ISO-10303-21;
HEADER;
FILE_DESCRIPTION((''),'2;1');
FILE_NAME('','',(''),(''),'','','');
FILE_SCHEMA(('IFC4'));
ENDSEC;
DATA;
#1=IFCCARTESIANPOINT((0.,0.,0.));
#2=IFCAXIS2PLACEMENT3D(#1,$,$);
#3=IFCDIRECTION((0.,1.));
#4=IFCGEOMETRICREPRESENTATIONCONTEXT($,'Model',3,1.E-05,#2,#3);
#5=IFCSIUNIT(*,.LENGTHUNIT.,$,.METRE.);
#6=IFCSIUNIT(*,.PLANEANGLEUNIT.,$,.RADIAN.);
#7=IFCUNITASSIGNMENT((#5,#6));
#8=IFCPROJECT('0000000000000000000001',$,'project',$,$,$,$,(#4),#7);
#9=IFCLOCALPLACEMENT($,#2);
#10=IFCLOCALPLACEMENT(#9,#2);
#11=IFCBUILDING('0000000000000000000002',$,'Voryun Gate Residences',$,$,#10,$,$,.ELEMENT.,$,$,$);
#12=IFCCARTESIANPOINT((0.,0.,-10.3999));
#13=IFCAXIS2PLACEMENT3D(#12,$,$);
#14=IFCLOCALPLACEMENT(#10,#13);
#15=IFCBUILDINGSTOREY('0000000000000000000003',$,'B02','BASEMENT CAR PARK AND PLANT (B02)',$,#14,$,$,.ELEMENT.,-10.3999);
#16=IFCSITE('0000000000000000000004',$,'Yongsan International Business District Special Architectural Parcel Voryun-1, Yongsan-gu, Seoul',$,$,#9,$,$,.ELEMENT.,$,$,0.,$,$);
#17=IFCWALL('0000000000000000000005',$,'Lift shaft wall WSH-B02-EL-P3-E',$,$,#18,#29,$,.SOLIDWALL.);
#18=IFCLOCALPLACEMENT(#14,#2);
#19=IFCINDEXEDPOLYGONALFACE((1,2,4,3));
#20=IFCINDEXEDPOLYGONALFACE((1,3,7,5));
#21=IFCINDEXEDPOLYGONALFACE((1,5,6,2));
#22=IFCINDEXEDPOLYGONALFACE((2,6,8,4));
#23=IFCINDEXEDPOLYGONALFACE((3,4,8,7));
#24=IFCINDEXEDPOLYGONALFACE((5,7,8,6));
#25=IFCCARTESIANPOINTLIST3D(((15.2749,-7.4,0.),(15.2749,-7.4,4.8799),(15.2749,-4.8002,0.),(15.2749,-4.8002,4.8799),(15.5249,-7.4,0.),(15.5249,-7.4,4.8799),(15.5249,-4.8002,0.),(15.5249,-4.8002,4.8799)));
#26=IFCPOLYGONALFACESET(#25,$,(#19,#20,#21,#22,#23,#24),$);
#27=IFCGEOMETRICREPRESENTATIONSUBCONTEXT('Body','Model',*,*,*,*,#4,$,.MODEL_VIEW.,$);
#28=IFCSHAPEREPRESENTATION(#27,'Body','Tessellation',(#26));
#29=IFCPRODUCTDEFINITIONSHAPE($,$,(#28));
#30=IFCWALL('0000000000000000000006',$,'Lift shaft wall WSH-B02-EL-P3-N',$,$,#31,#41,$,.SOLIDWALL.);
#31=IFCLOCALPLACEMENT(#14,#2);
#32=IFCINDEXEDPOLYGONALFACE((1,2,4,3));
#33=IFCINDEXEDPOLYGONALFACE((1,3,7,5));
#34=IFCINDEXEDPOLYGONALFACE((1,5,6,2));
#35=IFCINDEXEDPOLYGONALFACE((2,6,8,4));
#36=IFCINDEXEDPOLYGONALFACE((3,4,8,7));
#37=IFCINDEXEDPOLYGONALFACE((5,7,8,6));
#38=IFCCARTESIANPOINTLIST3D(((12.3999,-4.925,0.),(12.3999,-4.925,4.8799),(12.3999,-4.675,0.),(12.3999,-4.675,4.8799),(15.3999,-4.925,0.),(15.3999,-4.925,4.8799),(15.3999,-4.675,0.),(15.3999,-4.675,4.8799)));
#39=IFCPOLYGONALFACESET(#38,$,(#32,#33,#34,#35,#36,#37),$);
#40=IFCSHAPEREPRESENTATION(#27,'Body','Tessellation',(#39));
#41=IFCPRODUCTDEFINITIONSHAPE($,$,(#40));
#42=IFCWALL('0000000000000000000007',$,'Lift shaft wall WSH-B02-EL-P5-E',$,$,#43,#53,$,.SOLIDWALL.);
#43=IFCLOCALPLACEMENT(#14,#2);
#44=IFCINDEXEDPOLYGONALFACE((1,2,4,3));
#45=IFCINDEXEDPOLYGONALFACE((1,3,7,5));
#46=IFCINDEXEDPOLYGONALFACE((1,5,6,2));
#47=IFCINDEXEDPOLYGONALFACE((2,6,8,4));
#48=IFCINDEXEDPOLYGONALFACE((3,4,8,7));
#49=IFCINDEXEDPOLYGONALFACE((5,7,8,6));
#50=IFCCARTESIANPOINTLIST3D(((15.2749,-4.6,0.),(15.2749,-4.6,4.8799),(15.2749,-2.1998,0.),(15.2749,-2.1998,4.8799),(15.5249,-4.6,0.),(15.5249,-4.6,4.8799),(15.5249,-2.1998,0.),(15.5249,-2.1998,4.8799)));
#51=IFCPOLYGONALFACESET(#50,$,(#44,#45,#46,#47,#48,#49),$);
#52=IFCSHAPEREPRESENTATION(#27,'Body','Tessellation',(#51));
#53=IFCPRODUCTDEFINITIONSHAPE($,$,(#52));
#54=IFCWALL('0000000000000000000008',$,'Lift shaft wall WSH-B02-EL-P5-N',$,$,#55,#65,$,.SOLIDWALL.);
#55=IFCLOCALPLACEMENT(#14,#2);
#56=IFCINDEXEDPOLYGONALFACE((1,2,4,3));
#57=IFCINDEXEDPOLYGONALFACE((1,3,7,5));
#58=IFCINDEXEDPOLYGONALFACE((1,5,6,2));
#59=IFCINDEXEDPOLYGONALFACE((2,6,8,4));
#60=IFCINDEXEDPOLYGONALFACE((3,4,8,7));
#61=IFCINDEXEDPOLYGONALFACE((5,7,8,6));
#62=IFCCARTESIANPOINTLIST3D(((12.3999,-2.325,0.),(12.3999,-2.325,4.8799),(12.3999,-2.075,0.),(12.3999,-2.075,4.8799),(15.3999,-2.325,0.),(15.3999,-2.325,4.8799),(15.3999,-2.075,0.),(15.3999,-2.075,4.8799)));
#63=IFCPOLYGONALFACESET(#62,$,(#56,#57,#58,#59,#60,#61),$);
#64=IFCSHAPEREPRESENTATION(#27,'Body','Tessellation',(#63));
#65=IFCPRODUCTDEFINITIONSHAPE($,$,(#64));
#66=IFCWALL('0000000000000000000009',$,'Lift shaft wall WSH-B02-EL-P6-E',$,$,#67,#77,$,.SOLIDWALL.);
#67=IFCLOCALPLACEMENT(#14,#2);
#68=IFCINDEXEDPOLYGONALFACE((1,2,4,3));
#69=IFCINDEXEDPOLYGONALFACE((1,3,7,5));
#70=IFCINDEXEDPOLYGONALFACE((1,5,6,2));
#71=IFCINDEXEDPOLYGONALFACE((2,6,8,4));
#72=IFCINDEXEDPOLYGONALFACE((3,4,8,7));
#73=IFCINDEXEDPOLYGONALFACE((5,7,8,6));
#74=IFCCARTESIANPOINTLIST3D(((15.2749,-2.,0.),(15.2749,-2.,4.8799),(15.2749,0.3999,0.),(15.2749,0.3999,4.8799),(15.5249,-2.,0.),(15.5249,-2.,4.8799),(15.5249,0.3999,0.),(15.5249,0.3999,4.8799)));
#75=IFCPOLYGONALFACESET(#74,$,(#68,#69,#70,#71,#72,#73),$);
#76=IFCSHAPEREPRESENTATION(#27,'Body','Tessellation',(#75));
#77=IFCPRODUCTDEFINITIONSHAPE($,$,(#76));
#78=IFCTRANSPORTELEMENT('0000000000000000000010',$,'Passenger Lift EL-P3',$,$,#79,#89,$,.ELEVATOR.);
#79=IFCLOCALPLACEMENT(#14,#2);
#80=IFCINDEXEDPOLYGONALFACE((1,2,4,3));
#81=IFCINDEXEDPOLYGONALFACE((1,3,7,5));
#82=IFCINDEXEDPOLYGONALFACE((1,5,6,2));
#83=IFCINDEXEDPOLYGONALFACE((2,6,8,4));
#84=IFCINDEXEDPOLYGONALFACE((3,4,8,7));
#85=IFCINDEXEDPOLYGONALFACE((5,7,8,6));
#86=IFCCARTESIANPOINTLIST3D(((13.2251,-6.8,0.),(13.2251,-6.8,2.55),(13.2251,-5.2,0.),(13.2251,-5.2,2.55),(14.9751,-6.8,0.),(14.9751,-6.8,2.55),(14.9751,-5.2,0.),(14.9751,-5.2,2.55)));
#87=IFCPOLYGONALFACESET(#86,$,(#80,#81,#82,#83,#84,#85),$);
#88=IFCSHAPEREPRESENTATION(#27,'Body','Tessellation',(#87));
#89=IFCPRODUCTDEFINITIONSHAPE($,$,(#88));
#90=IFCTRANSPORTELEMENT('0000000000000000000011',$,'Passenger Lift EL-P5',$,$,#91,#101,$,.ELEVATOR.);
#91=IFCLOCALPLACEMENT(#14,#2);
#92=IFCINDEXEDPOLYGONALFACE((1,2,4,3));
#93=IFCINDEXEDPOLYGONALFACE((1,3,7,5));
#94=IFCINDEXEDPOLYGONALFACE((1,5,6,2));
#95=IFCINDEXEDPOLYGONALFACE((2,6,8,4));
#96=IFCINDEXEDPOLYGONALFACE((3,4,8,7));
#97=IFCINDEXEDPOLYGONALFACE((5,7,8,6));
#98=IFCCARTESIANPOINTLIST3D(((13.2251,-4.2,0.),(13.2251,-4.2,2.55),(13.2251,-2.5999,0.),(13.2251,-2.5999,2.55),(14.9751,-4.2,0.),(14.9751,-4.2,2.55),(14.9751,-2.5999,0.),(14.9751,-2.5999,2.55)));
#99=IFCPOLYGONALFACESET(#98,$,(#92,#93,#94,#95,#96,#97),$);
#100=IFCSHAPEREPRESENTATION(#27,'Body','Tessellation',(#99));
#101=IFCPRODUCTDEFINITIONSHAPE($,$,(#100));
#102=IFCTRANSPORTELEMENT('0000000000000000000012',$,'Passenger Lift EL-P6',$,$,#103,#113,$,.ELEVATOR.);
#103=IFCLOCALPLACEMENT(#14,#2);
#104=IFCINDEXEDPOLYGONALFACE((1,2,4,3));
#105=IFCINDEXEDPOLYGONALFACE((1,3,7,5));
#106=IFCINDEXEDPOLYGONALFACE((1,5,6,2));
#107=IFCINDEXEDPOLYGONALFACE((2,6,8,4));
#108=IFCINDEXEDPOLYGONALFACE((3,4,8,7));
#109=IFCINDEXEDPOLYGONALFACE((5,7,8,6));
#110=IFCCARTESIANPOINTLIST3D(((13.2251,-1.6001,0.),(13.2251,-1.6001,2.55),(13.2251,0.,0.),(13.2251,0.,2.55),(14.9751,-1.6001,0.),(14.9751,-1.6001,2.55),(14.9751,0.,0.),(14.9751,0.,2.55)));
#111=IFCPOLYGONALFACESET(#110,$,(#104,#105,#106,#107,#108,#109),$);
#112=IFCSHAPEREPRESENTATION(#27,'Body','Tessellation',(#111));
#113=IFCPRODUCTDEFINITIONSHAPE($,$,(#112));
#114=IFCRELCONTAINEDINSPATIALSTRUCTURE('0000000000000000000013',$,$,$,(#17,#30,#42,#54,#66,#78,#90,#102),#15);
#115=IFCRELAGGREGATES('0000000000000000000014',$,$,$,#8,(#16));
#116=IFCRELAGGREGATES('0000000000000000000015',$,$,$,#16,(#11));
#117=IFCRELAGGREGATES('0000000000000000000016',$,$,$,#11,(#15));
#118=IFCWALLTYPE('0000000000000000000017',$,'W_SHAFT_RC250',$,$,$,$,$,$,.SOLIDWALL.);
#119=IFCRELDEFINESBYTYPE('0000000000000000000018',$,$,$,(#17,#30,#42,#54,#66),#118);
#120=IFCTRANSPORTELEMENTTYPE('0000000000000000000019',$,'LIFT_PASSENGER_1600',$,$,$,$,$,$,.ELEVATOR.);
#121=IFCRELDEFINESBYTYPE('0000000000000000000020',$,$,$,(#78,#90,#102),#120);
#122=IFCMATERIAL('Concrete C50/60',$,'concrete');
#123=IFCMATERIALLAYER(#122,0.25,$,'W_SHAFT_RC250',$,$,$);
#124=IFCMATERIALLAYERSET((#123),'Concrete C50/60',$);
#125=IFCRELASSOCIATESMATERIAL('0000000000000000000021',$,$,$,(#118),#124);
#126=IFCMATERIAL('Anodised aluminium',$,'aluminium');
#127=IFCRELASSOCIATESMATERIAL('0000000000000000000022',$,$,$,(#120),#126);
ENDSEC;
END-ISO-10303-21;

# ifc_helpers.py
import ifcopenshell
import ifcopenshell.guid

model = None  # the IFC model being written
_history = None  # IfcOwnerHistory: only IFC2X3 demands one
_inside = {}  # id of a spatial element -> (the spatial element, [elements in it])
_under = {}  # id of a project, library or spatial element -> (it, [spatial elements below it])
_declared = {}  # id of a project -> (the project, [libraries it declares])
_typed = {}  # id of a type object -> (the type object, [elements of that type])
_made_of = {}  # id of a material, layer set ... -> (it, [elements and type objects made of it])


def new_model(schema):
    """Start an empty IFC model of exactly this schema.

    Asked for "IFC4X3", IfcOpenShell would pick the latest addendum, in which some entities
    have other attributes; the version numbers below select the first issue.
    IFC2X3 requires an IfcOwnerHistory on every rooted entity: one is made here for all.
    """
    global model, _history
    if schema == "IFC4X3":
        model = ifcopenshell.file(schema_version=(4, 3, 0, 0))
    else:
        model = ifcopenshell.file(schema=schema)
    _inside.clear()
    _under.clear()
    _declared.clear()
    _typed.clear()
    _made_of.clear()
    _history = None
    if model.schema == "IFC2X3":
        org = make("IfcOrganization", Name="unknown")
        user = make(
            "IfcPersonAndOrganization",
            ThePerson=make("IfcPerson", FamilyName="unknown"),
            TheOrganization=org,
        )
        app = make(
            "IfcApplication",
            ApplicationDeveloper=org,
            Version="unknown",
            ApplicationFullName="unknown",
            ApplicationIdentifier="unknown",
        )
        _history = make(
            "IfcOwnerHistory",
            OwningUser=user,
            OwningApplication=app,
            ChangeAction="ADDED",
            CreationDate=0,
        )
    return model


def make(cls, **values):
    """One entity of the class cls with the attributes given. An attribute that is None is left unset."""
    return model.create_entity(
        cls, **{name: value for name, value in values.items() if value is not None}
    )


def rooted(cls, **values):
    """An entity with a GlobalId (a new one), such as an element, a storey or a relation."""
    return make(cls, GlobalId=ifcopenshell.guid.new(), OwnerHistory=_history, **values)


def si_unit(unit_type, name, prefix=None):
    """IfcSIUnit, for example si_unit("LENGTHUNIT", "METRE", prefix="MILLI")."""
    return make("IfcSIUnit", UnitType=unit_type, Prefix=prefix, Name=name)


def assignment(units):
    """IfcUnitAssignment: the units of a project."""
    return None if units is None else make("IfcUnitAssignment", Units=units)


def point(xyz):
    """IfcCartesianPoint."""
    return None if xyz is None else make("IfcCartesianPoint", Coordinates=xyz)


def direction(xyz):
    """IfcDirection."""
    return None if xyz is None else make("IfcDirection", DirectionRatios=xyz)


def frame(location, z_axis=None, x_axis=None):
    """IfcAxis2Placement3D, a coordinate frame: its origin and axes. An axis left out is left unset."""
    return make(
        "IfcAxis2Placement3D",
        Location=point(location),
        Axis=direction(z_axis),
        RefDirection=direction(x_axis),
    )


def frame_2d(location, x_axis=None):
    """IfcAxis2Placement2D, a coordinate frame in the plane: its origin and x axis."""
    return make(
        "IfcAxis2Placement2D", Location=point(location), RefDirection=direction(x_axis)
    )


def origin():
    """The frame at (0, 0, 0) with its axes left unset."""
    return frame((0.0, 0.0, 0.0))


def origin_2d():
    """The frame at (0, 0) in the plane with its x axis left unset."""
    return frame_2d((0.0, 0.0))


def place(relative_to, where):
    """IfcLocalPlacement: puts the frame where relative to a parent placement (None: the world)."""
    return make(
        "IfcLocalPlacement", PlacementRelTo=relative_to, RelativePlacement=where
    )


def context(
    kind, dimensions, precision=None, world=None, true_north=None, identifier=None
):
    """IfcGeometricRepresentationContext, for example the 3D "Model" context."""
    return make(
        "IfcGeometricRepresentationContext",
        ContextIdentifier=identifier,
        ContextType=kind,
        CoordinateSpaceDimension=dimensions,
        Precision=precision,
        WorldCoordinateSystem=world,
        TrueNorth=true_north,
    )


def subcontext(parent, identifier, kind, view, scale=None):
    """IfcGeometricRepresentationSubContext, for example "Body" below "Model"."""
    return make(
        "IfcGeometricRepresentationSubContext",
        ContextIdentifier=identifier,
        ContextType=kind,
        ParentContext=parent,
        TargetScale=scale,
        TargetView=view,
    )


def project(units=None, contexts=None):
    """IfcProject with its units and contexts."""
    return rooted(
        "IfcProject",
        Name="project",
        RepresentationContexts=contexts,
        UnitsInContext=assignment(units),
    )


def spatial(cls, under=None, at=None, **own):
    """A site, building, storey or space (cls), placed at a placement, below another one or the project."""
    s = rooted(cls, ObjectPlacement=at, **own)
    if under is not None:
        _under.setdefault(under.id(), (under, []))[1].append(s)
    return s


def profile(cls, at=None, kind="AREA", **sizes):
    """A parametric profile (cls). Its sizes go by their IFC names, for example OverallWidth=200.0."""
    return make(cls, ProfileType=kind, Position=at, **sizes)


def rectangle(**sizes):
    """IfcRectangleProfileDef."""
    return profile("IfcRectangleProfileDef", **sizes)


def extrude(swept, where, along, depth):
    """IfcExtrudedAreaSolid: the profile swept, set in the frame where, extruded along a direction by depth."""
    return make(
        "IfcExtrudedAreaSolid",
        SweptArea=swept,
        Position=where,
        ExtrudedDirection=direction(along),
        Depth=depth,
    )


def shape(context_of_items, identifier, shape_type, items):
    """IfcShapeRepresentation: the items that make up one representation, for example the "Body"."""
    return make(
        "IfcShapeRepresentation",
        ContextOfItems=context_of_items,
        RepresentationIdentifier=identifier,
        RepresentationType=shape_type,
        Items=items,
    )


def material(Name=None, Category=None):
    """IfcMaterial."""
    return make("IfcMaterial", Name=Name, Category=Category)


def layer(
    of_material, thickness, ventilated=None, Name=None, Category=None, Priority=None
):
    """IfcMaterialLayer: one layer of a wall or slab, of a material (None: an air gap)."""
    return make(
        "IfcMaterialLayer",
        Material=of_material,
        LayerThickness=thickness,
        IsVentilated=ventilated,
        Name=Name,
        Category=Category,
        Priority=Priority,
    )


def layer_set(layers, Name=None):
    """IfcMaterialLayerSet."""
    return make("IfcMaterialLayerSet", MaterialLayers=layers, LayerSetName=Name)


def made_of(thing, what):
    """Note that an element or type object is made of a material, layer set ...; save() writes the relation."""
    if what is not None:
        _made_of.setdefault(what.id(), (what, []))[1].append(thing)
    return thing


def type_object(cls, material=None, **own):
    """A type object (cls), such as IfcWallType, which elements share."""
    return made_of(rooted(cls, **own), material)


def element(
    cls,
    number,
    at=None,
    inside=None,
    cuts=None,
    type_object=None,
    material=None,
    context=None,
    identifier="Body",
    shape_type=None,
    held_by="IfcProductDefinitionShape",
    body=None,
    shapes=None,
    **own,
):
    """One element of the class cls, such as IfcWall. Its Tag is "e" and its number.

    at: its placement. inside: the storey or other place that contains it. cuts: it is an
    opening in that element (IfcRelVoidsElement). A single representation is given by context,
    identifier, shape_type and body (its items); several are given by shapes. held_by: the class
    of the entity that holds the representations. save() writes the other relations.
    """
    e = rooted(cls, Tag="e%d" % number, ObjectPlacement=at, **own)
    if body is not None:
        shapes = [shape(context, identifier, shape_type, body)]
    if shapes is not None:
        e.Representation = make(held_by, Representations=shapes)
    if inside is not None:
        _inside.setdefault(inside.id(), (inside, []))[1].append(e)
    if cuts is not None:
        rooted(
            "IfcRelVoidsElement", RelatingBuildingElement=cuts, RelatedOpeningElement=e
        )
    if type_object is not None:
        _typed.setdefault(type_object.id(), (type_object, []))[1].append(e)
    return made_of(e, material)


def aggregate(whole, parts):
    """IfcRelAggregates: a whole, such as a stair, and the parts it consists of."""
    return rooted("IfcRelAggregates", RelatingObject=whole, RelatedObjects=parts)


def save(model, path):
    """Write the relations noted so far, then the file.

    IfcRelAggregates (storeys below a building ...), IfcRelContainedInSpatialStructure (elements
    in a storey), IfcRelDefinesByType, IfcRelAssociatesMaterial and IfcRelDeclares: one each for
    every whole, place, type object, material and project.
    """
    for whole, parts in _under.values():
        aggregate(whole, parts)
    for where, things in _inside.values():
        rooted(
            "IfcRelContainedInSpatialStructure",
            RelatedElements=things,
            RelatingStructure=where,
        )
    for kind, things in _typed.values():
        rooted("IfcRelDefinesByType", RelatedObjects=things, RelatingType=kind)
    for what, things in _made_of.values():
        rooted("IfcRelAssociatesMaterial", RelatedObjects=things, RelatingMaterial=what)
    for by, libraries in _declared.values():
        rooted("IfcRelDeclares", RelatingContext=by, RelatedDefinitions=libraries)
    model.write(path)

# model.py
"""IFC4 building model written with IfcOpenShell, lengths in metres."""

from ifc_helpers import new_model, si_unit, direction, frame, frame_2d, origin, origin_2d, place, context, subcontext, project, spatial, rectangle, extrude, material, layer, layer_set, type_object, element, save


model = new_model("IFC4")

# Units and contexts
model_context = context("Model", 3, precision=1e-05, world=origin(), true_north=direction((0.0, 1.0)))
body_context = subcontext(model_context, "Body", "Model", "MODEL_VIEW")
ifc_project = project(units=[si_unit("LENGTHUNIT", "METRE"), si_unit("PLANEANGLEUNIT", "RADIAN")], contexts=[model_context])

# Site, building, storey
site_placement = place(None, origin())
site = spatial("IfcSite", under=ifc_project, at=site_placement, Name="Yongsan International Business District Special Architectural Parcel Voryun-1, Yongsan-gu, Seoul", CompositionType="ELEMENT", RefElevation=0.0)
building_placement = place(site_placement, origin())
building = spatial("IfcBuilding", under=site, at=building_placement, Name="Voryun Gate Residences", CompositionType="ELEMENT")
storey_placement = place(building_placement, frame((0.0, 0.0, -10.3999)))
storey = spatial("IfcBuildingStorey", under=building, at=storey_placement, Name="B02", Description="BASEMENT CAR PARK AND PLANT (B02)", CompositionType="ELEMENT", Elevation=-10.3999)

# Walls
ifc_material_1 = material(Name="Concrete C50/60", Category="concrete")
ifc_layer_1 = layer(ifc_material_1, 0.25, Name="W_SHAFT_RC250")
ifc_layer_set_1 = layer_set([ifc_layer_1], Name="Concrete C50/60")
wall_type_1 = type_object("IfcWallType", Name="W_SHAFT_RC250", PredefinedType="SOLIDWALL", material=ifc_layer_set_1)
wall_1_placement = place(storey_placement, frame((15.3999, -7.3999, 0.0), z_axis=(0.0, 0.0, 1.0), x_axis=(0.0, 1.0, 0.0)))
element("IfcWall", 1, at=wall_1_placement, inside=storey, type_object=wall_type_1, Name="Lift shaft wall WSH-B02-EL-P3-E", PredefinedType="SOLIDWALL", context=body_context, shape_type="SweptSolid", body=[
    extrude(rectangle(XDim=2.5999, YDim=0.25, at=frame_2d((1.2998, 0.0))), origin(), (0.0, 0.0, 1.0), 4.8799),
])
wall_2_placement = place(storey_placement, frame((15.3999, -4.8, 0.0), z_axis=(0.0, 0.0, 1.0), x_axis=(-1.0, 0.0, 0.0)))
element("IfcWall", 2, at=wall_2_placement, inside=storey, type_object=wall_type_1, Name="Lift shaft wall WSH-B02-EL-P3-N", PredefinedType="SOLIDWALL", context=body_context, shape_type="SweptSolid", body=[
    extrude(rectangle(XDim=3.0, YDim=0.25, at=frame_2d((1.5, 0.0))), origin(), (0.0, 0.0, 1.0), 4.8799),
])
wall_3_placement = place(storey_placement, frame((15.3999, -4.6001, 0.0), z_axis=(0.0, 0.0, 1.0), x_axis=(0.0, 1.0, 0.0)))
element("IfcWall", 3, at=wall_3_placement, inside=storey, type_object=wall_type_1, Name="Lift shaft wall WSH-B02-EL-P5-E", PredefinedType="SOLIDWALL", context=body_context, shape_type="SweptSolid", body=[
    extrude(rectangle(XDim=2.4001, YDim=0.25, at=frame_2d((1.2002, 0.0))), origin(), (0.0, 0.0, 1.0), 4.8799),
])
wall_4_placement = place(storey_placement, frame((15.3999, -2.2, 0.0), z_axis=(0.0, 0.0, 1.0), x_axis=(-1.0, 0.0, 0.0)))
element("IfcWall", 4, at=wall_4_placement, inside=storey, type_object=wall_type_1, Name="Lift shaft wall WSH-B02-EL-P5-N", PredefinedType="SOLIDWALL", context=body_context, shape_type="SweptSolid", body=[
    extrude(rectangle(XDim=3.0, YDim=0.25, at=frame_2d((1.5, 0.0))), origin(), (0.0, 0.0, 1.0), 4.8799),
])
wall_5_placement = place(storey_placement, frame((15.3999, -2.0, 0.0), z_axis=(0.0, 0.0, 1.0), x_axis=(0.0, 1.0, 0.0)))
element("IfcWall", 5, at=wall_5_placement, inside=storey, type_object=wall_type_1, Name="Lift shaft wall WSH-B02-EL-P6-E", PredefinedType="SOLIDWALL", context=body_context, shape_type="SweptSolid", body=[
    extrude(rectangle(XDim=2.3999, YDim=0.25, at=frame_2d((1.2, 0.0))), origin(), (0.0, 0.0, 1.0), 4.8799),
])

# Transport elements
ifc_material_2 = material(Name="Anodised aluminium", Category="aluminium")
transport_element_type = type_object("IfcTransportElementType", Name="LIFT_PASSENGER_1600", PredefinedType="ELEVATOR", material=ifc_material_2)
for number, where, z_axis, x_axis, name in (
    (6, (14.1001, -6.0, 0.0), (0.0, 0.0, 1.0), (1.0, 0.0, 0.0), "Passenger Lift EL-P3"),
    (7, (14.1001, -3.3999, 0.0), (0.0, 0.0, 1.0), (1.0, 0.0, 0.0), "Passenger Lift EL-P5"),
    (8, (14.1001, -0.8, 0.0), (0.0, 0.0, 1.0), (1.0, 0.0, 0.0), "Passenger Lift EL-P6"),
):
    element("IfcTransportElement", number, at=place(storey_placement, frame(where, z_axis=z_axis, x_axis=x_axis)), inside=storey, type_object=transport_element_type, Name=name, PredefinedType="ELEVATOR", context=body_context, shape_type="SweptSolid", body=[
        extrude(rectangle(XDim=1.75, YDim=1.6001, at=origin_2d()), origin(), (0.0, 0.0, 1.0), 2.55),
    ])

save(model, "model.ifc")
